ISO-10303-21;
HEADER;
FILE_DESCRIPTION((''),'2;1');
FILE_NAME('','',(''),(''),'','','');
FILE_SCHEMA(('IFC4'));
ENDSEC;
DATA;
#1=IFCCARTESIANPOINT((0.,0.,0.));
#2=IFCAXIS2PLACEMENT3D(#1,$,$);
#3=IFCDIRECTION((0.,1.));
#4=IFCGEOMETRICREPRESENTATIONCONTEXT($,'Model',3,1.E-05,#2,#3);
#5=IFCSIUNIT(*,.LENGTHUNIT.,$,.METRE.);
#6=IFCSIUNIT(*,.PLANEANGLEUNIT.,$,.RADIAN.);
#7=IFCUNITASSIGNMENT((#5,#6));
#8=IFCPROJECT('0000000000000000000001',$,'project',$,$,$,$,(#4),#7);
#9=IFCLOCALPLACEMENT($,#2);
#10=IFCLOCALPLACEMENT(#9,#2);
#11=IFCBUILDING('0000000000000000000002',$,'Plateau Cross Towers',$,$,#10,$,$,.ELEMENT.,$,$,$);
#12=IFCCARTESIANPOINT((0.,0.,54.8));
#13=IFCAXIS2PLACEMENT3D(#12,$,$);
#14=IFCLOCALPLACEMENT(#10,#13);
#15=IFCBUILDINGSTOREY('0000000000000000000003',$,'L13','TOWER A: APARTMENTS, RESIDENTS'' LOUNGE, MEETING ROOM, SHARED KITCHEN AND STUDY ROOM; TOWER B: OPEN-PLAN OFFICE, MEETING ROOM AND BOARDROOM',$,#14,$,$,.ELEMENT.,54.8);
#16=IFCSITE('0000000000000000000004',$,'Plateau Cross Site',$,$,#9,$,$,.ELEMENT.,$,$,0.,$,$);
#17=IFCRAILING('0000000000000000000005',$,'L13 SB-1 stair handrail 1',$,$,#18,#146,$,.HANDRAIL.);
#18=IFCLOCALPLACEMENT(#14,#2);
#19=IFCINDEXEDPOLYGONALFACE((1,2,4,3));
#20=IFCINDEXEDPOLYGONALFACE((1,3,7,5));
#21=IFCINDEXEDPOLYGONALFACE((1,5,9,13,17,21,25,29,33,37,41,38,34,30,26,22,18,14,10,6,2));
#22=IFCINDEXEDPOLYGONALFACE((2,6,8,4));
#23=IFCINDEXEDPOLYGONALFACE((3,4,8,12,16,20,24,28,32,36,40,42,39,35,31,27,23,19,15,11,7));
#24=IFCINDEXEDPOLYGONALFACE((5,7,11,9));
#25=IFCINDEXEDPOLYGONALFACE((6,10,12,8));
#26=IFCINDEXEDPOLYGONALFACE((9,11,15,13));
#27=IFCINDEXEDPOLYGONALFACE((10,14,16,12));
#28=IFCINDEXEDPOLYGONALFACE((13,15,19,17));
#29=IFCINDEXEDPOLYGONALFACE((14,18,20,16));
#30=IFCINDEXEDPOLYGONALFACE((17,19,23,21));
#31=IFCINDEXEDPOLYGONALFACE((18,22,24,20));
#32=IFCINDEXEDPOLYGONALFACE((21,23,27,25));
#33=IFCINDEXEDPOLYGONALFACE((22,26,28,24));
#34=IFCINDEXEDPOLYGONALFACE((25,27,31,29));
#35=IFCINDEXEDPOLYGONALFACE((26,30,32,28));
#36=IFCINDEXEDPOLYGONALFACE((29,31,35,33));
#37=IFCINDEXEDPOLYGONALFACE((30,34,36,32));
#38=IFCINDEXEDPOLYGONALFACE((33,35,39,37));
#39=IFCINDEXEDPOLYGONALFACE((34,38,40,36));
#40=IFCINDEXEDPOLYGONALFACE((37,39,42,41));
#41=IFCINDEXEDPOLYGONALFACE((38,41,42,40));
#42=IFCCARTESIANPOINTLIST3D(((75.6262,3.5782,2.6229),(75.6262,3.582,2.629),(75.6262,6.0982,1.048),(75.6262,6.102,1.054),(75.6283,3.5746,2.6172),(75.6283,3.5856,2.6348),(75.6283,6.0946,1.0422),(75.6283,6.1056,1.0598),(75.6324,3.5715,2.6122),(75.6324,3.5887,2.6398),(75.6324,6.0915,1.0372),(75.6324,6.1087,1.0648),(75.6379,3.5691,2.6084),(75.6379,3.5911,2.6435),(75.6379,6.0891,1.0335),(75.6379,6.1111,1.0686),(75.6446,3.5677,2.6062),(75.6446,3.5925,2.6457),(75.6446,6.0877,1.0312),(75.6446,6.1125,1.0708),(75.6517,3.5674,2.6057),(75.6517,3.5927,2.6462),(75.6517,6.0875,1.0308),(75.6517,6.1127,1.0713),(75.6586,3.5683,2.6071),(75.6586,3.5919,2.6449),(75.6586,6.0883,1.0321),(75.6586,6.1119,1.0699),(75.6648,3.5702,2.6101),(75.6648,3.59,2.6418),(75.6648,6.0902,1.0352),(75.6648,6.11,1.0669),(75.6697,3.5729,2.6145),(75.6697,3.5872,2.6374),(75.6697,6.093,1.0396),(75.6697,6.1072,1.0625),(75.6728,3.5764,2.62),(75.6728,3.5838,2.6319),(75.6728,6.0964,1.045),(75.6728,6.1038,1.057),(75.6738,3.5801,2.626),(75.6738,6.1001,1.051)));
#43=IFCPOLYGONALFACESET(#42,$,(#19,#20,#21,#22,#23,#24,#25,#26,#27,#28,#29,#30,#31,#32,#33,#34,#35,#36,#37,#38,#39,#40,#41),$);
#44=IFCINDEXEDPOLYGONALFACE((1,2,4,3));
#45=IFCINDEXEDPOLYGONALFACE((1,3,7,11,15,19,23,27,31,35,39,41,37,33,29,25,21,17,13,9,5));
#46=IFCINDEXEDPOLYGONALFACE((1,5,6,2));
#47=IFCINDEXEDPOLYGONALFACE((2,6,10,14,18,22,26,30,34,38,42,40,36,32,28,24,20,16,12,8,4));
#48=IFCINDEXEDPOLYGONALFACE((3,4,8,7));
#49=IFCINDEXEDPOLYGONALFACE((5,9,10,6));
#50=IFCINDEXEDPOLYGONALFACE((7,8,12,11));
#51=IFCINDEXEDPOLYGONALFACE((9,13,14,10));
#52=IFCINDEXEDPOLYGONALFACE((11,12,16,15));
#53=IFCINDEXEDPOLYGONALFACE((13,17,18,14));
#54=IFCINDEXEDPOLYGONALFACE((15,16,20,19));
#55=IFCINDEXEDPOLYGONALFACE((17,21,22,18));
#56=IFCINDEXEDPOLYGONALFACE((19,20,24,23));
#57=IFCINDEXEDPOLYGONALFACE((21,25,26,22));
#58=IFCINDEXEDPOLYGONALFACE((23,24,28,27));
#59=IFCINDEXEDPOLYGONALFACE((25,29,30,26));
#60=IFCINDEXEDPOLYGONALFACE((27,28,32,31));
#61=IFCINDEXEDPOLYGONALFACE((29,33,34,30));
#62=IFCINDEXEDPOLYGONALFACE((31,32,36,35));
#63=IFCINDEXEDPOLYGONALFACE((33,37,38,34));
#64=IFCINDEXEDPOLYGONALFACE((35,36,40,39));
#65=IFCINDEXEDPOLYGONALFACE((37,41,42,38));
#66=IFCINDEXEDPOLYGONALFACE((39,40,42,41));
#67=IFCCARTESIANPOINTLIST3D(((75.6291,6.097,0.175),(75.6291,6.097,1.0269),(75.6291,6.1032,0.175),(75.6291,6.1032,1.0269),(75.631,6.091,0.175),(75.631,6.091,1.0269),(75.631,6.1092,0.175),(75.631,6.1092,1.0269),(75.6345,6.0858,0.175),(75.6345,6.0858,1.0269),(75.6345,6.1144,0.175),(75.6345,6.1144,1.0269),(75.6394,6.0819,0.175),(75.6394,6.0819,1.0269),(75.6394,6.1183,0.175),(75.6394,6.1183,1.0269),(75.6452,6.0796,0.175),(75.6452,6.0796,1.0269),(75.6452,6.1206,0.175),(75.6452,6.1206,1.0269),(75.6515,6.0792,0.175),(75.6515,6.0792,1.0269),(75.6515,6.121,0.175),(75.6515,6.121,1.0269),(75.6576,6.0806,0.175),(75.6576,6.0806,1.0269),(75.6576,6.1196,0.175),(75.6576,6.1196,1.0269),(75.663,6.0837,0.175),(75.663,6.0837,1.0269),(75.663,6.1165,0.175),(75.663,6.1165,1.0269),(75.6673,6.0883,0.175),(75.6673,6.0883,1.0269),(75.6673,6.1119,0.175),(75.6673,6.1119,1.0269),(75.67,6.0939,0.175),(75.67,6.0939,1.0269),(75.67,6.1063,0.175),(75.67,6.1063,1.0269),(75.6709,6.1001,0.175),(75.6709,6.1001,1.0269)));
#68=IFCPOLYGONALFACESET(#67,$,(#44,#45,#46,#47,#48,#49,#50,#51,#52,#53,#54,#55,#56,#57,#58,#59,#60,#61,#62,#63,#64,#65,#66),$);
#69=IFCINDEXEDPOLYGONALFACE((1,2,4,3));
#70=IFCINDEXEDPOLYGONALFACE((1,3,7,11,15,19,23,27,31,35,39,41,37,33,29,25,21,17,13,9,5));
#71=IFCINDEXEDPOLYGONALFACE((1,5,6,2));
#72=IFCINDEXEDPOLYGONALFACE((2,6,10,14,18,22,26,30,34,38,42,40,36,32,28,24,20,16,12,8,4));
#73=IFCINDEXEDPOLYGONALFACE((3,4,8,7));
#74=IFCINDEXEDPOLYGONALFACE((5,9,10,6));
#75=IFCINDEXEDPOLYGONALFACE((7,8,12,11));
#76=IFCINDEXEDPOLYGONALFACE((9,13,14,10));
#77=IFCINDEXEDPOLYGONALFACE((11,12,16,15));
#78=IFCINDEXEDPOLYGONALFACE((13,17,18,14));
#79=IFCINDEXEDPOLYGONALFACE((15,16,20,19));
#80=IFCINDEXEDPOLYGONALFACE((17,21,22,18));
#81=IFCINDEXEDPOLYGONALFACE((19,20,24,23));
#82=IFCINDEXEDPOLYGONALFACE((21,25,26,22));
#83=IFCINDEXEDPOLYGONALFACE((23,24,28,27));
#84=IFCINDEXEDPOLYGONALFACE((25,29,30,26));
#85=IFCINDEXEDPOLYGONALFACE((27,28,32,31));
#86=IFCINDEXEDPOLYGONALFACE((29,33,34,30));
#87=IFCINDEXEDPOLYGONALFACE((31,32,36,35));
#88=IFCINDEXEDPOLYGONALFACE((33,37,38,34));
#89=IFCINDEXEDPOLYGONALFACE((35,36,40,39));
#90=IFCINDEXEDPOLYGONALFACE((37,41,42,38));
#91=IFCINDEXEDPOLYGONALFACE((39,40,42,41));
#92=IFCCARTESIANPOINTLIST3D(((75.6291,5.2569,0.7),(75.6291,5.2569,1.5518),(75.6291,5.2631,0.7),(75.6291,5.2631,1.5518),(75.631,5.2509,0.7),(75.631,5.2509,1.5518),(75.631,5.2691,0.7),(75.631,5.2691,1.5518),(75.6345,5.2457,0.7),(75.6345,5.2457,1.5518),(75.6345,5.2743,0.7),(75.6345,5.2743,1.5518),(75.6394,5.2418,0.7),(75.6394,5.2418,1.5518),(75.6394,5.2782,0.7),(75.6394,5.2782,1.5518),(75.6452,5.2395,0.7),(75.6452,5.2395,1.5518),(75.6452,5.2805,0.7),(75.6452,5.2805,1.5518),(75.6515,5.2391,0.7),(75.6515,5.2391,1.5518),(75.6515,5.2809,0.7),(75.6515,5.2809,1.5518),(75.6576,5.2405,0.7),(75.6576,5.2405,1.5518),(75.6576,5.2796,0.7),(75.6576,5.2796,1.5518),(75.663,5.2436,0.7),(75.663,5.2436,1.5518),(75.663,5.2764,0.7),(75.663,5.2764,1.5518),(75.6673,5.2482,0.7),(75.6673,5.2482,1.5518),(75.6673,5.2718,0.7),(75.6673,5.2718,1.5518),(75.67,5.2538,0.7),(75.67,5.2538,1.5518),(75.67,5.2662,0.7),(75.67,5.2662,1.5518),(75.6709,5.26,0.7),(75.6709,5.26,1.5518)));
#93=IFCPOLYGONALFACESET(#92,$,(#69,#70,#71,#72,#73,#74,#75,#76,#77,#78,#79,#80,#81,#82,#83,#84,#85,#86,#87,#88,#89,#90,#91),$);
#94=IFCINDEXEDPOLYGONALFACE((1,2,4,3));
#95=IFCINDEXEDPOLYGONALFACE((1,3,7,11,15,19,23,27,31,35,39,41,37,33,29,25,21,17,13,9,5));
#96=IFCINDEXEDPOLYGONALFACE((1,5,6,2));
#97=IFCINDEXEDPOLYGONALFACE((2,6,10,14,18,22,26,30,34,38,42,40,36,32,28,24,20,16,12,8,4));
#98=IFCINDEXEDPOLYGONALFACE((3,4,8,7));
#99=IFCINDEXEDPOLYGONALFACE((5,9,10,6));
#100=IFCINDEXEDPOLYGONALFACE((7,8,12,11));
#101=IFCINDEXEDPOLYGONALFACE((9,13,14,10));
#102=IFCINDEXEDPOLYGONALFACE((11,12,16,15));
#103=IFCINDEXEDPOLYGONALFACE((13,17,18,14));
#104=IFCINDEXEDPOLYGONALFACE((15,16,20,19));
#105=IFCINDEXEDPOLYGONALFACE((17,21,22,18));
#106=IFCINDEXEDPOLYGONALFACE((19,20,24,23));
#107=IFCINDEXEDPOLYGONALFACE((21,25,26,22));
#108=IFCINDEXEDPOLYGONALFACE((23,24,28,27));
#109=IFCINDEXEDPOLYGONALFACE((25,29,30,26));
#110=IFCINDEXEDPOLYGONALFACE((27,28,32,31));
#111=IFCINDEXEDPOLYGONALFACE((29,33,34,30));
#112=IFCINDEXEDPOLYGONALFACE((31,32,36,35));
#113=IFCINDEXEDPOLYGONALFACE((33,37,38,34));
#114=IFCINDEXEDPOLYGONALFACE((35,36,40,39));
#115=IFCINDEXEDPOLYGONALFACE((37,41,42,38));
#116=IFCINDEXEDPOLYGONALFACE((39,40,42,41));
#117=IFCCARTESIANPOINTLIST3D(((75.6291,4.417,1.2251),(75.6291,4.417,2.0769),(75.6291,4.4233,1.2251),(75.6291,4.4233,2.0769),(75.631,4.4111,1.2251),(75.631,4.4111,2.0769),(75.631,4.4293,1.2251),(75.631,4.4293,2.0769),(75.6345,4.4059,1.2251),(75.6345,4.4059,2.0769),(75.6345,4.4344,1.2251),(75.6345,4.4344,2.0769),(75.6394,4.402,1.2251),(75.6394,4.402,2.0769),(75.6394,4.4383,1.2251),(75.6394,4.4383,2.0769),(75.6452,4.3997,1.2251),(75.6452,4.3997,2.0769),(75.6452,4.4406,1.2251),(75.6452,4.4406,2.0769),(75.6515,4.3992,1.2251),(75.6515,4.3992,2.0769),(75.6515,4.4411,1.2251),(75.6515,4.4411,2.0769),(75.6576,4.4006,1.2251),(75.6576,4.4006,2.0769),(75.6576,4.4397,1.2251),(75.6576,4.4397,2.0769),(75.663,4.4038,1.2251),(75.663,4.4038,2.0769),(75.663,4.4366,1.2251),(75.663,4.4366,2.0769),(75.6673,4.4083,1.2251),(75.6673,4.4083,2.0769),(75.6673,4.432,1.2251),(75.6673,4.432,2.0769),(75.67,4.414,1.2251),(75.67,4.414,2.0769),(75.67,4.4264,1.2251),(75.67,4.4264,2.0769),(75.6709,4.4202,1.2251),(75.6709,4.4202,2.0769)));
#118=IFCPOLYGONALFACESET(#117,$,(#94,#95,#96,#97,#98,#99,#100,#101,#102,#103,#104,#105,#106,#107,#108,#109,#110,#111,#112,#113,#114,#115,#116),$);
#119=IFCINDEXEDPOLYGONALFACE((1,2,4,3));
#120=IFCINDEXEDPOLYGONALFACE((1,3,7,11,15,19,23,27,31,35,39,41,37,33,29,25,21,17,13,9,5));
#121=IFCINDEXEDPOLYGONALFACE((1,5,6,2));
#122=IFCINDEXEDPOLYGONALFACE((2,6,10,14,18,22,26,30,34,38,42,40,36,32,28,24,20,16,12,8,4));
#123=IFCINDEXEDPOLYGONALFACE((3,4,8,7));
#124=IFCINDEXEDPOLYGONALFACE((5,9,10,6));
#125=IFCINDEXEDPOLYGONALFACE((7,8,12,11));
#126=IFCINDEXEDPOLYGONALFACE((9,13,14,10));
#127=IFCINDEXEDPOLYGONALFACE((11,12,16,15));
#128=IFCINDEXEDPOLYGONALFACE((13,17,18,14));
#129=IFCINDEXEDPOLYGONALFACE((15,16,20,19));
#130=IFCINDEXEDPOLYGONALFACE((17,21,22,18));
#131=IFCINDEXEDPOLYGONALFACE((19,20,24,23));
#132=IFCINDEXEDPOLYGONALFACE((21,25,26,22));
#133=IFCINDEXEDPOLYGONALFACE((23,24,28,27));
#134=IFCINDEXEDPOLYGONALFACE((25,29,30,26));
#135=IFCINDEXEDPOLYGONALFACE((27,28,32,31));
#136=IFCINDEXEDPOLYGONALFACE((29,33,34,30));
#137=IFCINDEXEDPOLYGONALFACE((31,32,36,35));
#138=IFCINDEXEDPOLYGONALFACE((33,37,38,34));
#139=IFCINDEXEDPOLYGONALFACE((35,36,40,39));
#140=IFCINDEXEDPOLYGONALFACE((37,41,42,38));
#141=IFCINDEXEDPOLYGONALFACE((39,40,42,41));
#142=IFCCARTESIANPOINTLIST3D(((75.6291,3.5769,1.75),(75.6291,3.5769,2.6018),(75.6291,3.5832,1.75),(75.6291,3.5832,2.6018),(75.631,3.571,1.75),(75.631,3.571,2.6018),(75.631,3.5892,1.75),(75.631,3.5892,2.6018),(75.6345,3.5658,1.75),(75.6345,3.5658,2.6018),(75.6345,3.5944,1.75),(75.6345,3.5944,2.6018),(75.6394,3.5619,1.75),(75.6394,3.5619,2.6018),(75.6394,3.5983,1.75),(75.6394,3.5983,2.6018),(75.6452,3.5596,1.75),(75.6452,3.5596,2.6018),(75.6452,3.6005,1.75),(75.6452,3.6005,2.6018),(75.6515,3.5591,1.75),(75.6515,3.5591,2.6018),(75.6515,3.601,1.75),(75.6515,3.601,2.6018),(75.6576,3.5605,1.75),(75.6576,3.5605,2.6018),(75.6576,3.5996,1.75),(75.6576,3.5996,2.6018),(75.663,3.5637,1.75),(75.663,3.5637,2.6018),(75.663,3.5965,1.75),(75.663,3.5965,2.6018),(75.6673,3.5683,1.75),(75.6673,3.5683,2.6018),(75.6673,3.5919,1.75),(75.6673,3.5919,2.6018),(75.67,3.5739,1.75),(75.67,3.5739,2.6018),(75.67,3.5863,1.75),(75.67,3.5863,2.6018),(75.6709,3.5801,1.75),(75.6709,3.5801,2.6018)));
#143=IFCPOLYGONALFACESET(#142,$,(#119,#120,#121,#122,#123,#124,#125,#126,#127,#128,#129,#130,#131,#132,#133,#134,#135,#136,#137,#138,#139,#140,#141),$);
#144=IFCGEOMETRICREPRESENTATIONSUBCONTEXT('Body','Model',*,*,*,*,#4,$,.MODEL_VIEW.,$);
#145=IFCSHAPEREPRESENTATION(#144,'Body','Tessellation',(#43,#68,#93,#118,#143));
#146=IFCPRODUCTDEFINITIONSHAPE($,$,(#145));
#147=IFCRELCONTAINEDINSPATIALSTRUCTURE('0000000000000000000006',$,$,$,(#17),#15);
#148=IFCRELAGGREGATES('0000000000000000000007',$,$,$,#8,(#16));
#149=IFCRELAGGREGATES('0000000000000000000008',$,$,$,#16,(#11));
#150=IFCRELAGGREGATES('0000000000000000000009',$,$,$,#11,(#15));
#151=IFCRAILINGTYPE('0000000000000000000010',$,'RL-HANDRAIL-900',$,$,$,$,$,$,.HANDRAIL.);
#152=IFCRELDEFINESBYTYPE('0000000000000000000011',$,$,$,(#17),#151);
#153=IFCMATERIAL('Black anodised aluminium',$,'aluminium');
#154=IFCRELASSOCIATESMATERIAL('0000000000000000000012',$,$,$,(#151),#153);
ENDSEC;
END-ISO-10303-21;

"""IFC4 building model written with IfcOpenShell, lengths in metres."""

from ifc_helpers import new_model, si_unit, direction, frame, origin, origin_2d, place, context, subcontext, project, spatial, circle, extrude, material, type_object, element, save


model = new_model("IFC4")

# Units and contexts
model_context = context("Model", 3, precision=1e-05, world=origin(), true_north=direction((0.0, 1.0)))
body_context = subcontext(model_context, "Body", "Model", "MODEL_VIEW")
ifc_project = project(units=[si_unit("LENGTHUNIT", "METRE"), si_unit("PLANEANGLEUNIT", "RADIAN")], contexts=[model_context])

# Site, building, storey
site_placement = place(None, origin())
site = spatial("IfcSite", under=ifc_project, at=site_placement, Name="Plateau Cross Site", CompositionType="ELEMENT", RefElevation=0.0)
building_placement = place(site_placement, origin())
building = spatial("IfcBuilding", under=site, at=building_placement, Name="Plateau Cross Towers", CompositionType="ELEMENT")
storey_placement = place(building_placement, frame((0.0, 0.0, 54.8)))
storey = spatial("IfcBuildingStorey", under=building, at=storey_placement, Name="L13", Description="TOWER A: APARTMENTS, RESIDENTS' LOUNGE, MEETING ROOM, SHARED KITCHEN AND STUDY ROOM; TOWER B: OPEN-PLAN OFFICE, MEETING ROOM AND BOARDROOM", CompositionType="ELEMENT", Elevation=54.8)

# Railing
ifc_material_1 = material(Name="Black anodised aluminium", Category="aluminium")
railing_type_1 = type_object("IfcRailingType", Name="RL-HANDRAIL-900", PredefinedType="HANDRAIL", material=ifc_material_1)
railing_1_placement = place(storey_placement, frame((75.6499, 6.1001, 0.175)))
element("IfcRailing", 1, at=railing_1_placement, inside=storey, type_object=railing_type_1, Name="L13 SB-1 stair handrail 1", PredefinedType="HANDRAIL", context=body_context, shape_type="SweptSolid", body=[
    extrude(circle(Radius=0.0239, at=origin_2d()), frame((0.0, 0.0, 0.876), z_axis=(0.0, -0.848008, 0.529984), x_axis=(1.0, 0.0, 0.0)), (0.0, 0.0, 1.0), 2.9717),
    extrude(circle(Radius=0.021, at=origin_2d()), origin(), (0.0, 0.0, 1.0), 0.8518),
    extrude(circle(Radius=0.021, at=origin_2d()), frame((0.0, -0.8401, 0.5249)), (0.0, 0.0, 1.0), 0.8518),
    extrude(circle(Radius=0.021, at=origin_2d()), frame((0.0, -1.6799, 1.05)), (0.0, 0.0, 1.0), 0.8518),
    extrude(circle(Radius=0.021, at=origin_2d()), frame((0.0, -2.52, 1.575)), (0.0, 0.0, 1.0), 0.8518),
])

save(model, "model.ifc")
